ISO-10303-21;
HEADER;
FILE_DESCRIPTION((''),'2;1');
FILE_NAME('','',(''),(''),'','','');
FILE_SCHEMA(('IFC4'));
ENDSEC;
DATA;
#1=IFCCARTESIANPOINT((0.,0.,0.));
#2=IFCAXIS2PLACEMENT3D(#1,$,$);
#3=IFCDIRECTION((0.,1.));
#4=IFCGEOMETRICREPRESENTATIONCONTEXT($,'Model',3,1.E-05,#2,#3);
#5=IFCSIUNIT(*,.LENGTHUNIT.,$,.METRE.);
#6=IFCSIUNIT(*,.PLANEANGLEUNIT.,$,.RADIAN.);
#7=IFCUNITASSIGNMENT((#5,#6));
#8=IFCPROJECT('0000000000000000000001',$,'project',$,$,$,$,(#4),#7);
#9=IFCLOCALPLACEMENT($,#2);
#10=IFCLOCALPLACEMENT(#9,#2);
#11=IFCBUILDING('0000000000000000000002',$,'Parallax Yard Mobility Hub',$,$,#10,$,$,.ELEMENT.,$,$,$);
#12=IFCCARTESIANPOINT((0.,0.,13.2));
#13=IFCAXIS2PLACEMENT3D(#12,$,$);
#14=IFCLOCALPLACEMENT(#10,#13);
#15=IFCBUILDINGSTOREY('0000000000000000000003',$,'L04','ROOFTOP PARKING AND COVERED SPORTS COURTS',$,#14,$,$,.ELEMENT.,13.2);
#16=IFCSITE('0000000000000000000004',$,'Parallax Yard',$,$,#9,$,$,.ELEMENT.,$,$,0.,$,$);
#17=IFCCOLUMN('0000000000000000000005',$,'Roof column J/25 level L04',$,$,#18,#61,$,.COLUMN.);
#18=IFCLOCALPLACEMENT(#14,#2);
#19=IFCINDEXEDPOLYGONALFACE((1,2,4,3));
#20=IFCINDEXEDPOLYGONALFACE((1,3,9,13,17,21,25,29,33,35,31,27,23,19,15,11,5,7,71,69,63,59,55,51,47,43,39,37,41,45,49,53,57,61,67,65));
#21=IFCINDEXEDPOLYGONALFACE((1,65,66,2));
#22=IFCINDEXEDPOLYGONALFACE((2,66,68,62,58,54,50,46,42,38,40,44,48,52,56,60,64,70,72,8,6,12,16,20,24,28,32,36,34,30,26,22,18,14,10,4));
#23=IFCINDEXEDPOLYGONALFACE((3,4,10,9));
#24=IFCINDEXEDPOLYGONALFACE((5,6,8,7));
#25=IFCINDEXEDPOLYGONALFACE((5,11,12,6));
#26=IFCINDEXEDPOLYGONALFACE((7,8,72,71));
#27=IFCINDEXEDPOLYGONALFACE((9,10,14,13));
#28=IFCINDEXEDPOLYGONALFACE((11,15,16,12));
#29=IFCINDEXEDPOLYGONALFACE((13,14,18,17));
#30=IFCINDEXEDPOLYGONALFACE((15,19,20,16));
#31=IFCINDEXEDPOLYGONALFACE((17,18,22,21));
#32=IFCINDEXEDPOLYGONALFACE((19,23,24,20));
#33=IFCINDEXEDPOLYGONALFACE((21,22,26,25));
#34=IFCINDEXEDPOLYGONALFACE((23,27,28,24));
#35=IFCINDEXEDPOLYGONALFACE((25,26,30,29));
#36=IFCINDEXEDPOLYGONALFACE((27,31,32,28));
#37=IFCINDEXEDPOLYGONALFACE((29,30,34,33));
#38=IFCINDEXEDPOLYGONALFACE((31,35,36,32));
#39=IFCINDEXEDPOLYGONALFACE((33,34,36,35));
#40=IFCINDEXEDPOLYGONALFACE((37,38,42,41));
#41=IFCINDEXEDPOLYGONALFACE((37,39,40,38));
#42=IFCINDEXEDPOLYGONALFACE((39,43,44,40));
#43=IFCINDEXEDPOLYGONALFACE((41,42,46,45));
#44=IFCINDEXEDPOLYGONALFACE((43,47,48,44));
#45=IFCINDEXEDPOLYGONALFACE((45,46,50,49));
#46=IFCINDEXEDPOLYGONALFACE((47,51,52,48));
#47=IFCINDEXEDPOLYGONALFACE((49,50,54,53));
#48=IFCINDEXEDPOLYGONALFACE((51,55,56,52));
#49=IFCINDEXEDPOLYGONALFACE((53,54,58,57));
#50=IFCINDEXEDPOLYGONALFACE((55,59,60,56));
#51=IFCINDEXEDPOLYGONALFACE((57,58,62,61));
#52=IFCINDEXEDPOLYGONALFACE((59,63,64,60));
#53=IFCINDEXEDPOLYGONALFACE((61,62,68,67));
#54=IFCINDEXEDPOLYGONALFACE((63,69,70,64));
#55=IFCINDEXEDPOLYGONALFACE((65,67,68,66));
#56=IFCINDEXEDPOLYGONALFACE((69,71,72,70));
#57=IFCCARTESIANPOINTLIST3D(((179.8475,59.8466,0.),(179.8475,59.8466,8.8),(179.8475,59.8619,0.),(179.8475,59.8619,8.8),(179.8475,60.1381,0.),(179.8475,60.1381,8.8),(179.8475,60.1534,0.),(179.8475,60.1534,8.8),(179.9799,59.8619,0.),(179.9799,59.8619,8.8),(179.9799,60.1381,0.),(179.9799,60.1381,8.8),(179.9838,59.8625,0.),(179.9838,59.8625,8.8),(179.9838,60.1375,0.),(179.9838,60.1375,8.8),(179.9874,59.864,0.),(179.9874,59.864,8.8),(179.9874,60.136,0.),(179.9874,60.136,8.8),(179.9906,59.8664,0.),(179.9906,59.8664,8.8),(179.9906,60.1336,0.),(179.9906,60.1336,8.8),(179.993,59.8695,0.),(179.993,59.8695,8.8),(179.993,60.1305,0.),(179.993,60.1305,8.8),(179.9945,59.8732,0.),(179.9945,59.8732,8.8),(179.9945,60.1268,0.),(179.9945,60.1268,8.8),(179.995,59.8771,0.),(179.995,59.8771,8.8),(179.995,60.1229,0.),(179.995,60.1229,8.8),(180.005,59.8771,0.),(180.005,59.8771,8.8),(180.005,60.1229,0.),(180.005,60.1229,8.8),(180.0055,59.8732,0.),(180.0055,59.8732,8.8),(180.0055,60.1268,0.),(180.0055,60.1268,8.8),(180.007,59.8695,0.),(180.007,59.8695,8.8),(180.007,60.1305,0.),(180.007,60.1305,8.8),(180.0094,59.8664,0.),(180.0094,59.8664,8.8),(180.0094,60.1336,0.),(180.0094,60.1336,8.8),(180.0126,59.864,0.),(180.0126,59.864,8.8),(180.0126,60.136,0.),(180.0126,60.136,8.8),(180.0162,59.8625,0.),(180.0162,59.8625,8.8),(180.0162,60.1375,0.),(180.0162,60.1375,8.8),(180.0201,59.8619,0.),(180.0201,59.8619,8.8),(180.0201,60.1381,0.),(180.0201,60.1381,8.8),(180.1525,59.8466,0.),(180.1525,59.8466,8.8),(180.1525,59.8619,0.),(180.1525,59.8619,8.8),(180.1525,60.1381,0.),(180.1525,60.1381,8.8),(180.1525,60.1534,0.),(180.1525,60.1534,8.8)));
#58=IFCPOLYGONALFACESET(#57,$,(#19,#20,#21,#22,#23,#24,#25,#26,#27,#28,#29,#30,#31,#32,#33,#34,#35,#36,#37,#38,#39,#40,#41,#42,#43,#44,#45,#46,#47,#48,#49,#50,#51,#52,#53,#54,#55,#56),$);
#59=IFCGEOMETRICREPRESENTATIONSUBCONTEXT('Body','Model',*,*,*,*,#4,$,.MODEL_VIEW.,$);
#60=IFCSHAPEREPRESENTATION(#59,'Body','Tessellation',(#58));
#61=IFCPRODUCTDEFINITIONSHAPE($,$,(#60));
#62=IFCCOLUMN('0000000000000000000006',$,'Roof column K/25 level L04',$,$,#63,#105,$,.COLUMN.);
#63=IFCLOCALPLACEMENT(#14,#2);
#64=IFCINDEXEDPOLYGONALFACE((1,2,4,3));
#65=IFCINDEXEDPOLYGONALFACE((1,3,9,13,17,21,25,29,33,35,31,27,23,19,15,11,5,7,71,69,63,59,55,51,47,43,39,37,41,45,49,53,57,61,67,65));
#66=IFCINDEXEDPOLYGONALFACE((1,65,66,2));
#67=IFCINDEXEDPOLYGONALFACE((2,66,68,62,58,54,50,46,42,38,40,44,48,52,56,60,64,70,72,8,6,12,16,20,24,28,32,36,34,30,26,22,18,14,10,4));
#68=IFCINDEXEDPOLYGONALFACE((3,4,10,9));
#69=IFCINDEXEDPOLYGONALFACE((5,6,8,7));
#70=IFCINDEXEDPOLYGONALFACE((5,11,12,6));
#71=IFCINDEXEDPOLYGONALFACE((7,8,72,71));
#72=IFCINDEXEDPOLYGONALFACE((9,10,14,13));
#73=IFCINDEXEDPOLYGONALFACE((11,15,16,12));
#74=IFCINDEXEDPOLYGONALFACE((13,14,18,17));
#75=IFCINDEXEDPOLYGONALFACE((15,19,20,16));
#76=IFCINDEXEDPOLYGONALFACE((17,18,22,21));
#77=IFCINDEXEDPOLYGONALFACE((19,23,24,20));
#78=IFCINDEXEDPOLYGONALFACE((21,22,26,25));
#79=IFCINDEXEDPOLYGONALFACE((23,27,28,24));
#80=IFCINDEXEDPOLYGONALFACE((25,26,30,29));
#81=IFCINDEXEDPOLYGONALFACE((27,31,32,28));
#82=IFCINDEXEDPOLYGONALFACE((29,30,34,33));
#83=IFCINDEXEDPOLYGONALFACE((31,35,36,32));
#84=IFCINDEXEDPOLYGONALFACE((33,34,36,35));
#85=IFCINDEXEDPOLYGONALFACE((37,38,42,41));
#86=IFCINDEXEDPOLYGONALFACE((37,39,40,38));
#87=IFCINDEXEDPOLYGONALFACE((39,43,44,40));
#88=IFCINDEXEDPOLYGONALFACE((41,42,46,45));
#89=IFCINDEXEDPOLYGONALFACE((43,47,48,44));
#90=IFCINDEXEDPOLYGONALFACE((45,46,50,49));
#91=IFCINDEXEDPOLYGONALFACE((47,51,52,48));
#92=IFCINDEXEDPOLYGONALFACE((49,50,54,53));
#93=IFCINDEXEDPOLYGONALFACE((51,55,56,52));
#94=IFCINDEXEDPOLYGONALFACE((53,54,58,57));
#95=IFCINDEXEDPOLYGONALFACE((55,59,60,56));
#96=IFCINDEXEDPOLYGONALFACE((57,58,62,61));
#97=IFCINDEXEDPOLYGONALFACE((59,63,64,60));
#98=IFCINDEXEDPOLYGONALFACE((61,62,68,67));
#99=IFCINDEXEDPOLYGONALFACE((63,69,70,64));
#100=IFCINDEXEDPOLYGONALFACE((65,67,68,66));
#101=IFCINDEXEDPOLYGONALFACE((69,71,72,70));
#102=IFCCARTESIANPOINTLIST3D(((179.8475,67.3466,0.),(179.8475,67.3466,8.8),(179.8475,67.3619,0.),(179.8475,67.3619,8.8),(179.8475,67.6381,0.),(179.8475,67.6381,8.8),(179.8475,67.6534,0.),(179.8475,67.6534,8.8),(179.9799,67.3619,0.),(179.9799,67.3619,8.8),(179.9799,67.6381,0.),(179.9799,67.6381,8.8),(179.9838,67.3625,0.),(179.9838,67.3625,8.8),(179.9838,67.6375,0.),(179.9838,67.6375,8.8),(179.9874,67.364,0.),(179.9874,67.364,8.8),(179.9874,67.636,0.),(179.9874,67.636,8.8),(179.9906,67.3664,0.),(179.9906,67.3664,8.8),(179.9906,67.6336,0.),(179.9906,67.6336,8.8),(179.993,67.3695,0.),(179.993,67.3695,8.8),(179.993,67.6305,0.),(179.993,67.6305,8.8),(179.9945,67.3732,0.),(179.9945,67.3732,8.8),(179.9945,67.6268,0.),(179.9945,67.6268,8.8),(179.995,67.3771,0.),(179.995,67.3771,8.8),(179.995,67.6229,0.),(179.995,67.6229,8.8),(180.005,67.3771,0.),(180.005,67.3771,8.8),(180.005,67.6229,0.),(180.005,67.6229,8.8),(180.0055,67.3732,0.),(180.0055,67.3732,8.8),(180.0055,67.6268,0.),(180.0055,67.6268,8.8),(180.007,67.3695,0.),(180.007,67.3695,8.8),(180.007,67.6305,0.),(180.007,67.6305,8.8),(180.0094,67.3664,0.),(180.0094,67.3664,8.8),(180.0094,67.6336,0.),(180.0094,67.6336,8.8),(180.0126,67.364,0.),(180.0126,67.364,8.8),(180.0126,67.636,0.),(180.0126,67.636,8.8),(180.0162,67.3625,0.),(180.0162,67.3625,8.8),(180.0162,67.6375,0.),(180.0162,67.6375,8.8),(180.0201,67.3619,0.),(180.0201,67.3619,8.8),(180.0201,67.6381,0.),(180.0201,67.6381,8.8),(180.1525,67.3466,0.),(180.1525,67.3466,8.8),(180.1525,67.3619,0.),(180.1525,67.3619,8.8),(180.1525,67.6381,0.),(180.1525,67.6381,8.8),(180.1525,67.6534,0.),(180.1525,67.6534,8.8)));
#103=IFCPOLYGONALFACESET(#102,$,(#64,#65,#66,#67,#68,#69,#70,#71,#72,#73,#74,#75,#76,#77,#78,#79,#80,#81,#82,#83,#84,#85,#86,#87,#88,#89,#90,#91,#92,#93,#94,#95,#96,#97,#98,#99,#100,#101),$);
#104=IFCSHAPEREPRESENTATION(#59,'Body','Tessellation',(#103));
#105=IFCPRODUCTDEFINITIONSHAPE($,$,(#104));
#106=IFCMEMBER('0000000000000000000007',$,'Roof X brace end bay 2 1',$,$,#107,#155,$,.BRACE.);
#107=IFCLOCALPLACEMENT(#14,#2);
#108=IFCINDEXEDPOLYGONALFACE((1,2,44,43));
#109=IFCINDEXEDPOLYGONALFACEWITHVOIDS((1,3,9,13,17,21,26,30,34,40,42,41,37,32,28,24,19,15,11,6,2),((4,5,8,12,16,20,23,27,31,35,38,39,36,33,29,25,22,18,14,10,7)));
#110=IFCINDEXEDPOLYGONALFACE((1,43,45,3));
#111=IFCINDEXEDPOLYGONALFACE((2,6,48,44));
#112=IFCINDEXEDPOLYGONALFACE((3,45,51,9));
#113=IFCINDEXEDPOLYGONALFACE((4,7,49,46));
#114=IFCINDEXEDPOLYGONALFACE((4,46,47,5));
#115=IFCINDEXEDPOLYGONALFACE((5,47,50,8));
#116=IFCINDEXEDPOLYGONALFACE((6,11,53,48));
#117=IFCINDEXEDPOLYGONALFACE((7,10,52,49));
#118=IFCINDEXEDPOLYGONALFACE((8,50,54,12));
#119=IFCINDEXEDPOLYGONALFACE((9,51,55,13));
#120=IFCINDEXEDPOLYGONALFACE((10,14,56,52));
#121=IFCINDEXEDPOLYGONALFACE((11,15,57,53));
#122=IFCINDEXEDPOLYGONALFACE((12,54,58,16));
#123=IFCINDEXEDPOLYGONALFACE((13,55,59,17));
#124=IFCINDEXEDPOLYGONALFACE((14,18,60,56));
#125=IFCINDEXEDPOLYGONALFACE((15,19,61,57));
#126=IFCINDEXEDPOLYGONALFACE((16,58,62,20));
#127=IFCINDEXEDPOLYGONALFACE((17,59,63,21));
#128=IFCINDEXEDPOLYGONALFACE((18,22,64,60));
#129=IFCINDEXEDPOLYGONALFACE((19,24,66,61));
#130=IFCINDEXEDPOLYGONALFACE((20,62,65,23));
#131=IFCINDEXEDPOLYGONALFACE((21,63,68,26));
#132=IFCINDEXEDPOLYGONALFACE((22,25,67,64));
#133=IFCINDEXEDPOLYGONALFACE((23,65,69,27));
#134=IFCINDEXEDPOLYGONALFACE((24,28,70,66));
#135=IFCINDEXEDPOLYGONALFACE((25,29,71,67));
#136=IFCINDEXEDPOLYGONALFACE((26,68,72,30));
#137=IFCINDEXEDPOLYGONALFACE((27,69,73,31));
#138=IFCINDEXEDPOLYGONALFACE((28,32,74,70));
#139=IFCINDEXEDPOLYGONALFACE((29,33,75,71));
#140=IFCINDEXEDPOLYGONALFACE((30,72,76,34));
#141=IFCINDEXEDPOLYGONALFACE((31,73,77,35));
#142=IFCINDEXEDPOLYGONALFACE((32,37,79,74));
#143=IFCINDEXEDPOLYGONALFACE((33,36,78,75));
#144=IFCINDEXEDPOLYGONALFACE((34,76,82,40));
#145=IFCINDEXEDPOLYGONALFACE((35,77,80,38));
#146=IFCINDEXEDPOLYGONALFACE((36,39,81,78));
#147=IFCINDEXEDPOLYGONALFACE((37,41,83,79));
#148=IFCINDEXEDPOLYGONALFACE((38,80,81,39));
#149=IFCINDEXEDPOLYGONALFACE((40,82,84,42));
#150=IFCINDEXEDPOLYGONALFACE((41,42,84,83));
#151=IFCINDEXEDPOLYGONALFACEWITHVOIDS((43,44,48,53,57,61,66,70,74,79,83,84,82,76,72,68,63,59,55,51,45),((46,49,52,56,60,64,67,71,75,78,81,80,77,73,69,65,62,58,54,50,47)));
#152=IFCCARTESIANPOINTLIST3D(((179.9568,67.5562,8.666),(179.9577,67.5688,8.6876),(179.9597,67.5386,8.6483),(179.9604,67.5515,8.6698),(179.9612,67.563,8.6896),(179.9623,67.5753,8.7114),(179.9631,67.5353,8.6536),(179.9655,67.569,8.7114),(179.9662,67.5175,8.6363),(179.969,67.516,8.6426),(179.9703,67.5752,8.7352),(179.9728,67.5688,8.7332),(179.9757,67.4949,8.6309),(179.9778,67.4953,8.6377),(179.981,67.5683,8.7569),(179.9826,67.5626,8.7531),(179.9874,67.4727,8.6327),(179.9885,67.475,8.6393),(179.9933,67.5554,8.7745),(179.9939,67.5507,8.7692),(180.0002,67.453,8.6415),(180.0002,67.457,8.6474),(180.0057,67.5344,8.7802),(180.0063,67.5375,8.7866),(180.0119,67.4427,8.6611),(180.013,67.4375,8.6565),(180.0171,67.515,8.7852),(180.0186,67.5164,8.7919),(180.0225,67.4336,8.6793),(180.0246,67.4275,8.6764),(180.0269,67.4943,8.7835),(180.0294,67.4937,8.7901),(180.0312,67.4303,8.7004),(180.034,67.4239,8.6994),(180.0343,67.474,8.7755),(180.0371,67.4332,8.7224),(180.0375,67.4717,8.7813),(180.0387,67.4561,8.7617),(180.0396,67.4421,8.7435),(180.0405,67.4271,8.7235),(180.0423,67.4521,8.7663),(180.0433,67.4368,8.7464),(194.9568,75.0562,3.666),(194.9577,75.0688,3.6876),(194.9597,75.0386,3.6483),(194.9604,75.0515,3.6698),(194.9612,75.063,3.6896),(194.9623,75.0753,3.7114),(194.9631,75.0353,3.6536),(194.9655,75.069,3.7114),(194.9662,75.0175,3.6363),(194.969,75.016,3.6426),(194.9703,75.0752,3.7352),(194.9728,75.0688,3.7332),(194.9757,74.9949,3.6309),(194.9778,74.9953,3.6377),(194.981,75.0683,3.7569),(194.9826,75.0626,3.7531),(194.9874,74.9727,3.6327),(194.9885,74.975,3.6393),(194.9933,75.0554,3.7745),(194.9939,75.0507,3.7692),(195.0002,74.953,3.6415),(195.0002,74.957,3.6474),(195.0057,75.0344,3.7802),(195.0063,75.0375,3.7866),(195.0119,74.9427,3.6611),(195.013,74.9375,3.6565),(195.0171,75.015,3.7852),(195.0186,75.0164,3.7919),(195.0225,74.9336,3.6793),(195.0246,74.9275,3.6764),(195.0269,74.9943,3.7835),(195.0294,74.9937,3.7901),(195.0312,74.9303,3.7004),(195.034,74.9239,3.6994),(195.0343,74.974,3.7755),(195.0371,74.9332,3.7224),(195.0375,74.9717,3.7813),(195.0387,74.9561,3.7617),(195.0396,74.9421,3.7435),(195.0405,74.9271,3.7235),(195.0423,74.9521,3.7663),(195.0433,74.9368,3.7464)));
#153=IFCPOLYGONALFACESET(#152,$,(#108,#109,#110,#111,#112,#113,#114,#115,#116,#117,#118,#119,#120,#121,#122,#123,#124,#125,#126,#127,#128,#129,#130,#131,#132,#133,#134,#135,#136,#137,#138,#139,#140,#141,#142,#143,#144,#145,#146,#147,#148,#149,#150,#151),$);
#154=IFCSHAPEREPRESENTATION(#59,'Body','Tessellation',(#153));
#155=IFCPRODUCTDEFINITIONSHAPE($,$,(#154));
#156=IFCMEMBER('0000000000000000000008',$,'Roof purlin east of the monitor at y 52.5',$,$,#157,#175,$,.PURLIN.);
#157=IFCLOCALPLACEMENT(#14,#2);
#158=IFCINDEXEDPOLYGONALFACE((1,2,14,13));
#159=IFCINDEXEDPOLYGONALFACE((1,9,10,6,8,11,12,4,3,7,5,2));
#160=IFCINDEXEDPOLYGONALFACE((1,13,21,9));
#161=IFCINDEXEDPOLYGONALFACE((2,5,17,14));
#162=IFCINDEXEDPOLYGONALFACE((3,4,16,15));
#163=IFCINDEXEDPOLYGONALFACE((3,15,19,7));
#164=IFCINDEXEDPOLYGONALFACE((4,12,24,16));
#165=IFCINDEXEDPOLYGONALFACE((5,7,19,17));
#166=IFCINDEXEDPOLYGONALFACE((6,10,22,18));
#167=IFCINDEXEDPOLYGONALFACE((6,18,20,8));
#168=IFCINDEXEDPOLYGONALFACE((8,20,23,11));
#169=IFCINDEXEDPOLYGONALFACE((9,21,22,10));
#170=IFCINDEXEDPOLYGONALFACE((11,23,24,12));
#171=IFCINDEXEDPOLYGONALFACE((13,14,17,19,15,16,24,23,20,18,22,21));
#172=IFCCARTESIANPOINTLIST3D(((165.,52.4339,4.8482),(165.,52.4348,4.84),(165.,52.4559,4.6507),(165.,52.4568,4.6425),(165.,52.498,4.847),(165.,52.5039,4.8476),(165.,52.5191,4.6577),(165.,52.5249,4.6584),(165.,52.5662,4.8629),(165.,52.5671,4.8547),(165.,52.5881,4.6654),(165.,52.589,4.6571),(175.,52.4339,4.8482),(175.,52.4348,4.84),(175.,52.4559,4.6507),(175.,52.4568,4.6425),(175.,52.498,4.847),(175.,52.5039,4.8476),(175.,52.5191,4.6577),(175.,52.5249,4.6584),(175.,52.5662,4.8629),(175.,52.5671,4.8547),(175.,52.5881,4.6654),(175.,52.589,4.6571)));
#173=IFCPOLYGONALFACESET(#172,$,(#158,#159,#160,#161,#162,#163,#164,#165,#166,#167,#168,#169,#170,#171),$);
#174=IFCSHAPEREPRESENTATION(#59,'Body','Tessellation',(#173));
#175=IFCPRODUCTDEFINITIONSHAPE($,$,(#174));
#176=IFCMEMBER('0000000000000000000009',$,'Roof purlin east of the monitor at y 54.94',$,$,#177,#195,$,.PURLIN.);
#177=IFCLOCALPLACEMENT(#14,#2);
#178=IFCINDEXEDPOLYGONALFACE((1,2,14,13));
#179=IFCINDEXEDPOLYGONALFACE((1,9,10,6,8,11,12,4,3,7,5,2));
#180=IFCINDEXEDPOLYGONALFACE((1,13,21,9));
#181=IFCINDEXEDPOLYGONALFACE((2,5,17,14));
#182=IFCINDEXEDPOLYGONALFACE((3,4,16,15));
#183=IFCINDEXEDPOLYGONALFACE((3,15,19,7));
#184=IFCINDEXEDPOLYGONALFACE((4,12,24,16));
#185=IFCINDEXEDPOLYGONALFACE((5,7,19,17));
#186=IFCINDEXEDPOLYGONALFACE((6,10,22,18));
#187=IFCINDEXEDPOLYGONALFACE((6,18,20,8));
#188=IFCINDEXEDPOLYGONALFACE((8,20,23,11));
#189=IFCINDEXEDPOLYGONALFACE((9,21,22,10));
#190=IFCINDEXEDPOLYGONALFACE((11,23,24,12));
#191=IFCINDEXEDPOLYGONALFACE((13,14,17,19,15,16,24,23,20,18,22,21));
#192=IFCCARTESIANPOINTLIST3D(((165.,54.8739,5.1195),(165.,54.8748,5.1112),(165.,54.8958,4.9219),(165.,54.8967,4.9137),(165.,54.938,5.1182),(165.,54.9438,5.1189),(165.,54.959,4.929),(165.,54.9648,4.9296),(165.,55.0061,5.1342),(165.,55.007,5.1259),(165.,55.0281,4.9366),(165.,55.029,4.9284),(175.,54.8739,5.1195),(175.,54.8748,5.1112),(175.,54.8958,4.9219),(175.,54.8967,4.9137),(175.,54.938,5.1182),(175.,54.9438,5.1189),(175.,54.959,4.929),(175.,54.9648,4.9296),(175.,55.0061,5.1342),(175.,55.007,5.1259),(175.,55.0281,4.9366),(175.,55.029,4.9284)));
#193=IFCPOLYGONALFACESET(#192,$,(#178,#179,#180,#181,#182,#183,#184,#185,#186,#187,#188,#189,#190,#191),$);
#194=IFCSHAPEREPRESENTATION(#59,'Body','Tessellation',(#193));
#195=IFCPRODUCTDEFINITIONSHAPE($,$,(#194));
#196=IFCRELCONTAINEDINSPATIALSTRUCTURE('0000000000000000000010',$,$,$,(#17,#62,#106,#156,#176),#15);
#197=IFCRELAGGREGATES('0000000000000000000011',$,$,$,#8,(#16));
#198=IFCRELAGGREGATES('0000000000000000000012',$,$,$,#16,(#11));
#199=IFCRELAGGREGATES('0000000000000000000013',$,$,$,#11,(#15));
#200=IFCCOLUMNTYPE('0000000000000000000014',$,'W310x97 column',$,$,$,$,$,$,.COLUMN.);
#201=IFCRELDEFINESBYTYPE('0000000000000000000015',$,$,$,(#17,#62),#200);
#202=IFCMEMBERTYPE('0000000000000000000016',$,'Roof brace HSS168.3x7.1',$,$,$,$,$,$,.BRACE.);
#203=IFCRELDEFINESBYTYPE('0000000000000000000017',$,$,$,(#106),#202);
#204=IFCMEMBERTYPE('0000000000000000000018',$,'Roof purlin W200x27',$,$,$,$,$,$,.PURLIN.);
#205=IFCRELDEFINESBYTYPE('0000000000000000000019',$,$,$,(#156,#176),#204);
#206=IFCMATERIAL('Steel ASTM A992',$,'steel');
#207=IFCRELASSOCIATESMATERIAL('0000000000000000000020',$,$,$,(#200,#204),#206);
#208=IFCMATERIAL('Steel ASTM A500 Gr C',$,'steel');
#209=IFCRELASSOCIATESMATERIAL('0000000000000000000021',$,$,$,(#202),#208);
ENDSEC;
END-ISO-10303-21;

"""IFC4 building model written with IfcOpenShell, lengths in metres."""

from ifc_helpers import new_model, si_unit, direction, frame, origin, origin_2d, place, context, subcontext, project, spatial, hollow_circle, i_section, extrude, material, material_profile, profile_set, type_object, element, save


model = new_model("IFC4")

# Units and contexts
model_context = context("Model", 3, precision=1e-05, world=origin(), true_north=direction((0.0, 1.0)))
body_context = subcontext(model_context, "Body", "Model", "MODEL_VIEW")
ifc_project = project(units=[si_unit("LENGTHUNIT", "METRE"), si_unit("PLANEANGLEUNIT", "RADIAN")], contexts=[model_context])

# Site, building, storey
site_placement = place(None, origin())
site = spatial("IfcSite", under=ifc_project, at=site_placement, Name="Parallax Yard", CompositionType="ELEMENT", RefElevation=0.0)
building_placement = place(site_placement, origin())
building = spatial("IfcBuilding", under=site, at=building_placement, Name="Parallax Yard Mobility Hub", CompositionType="ELEMENT")
storey_placement = place(building_placement, frame((0.0, 0.0, 13.2)))
storey = spatial("IfcBuildingStorey", under=building, at=storey_placement, Name="L04", Description="ROOFTOP PARKING AND COVERED SPORTS COURTS", CompositionType="ELEMENT", Elevation=13.2)

# Columns
ifc_material_1 = material(Name="Steel ASTM A992", Category="steel")
ifc_material_profile_1 = material_profile(ifc_material_1, i_section(OverallWidth=0.3049, OverallDepth=0.3069, WebThickness=0.01, FlangeThickness=0.0154, FilletRadius=0.0151, at=origin_2d()), Name="W310x97")
ifc_profile_set_1 = profile_set([ifc_material_profile_1], Name="Steel ASTM A992")
column_type_1 = type_object("IfcColumnType", Name="W310x97 column", PredefinedType="COLUMN", material=ifc_profile_set_1)
for number, where, z_axis, x_axis, name in (
    (1, (180.0, 60.0, 0.0), (0.0, 0.0, 1.0), (1.0, 0.0, 0.0), "Roof column J/25 level L04"),
    (2, (180.0, 67.5, 0.0), (0.0, 0.0, 1.0), (1.0, 0.0, 0.0), "Roof column K/25 level L04"),
):
    element("IfcColumn", number, at=place(storey_placement, frame(where, z_axis=z_axis, x_axis=x_axis)), inside=storey, type_object=column_type_1, Name=name, PredefinedType="COLUMN", context=body_context, shape_type="SweptSolid", body=[
        extrude(i_section(OverallWidth=0.3049, OverallDepth=0.3069, WebThickness=0.01, FlangeThickness=0.0154, FilletRadius=0.0151, at=origin_2d()), origin(), (0.0, 0.0, 1.0), 8.8),
    ])

# Members
ifc_material_2 = material(Name="Steel ASTM A500 Gr C", Category="steel")
ifc_material_profile_2 = material_profile(ifc_material_2, hollow_circle(Radius=0.0842, WallThickness=0.0071, at=origin_2d()), Name="HSS168.3x7.1")
ifc_profile_set_2 = profile_set([ifc_material_profile_2], Name="Steel ASTM A500 Gr C")
member_type_1 = type_object("IfcMemberType", Name="Roof brace HSS168.3x7.1", PredefinedType="BRACE", material=ifc_profile_set_2)
member_placement = place(storey_placement, frame((180.0, 67.5, 8.7114), z_axis=(0.857143, 0.428571, -0.285714), x_axis=(-0.447214, 0.894427, 0.0)))
element("IfcMember", 3, at=member_placement, inside=storey, type_object=member_type_1, Name="Roof X brace end bay 2 1", PredefinedType="BRACE", context=body_context, shape_type="SweptSolid", body=[
    extrude(hollow_circle(Radius=0.0842, WallThickness=0.0071, at=origin_2d()), origin(), (0.0, 0.0, 1.0), 17.5),
])
ifc_material_profile_3 = material_profile(ifc_material_1, i_section(OverallWidth=0.1331, OverallDepth=0.207, WebThickness=0.0059, FlangeThickness=0.0083, at=origin_2d()), Name="W200x27")
ifc_profile_set_3 = profile_set([ifc_material_profile_3], Name="Steel ASTM A992")
member_type_2 = type_object("IfcMemberType", Name="Roof purlin W200x27", PredefinedType="PURLIN", material=ifc_profile_set_3)
for number, where, z_axis, x_axis, name in (
    (4, (165.0, 52.5115, 4.7527), (1.0, 0.0, 0.0), (0.0, 0.993884, 0.110432), "Roof purlin east of the monitor at y 52.5"),
    (5, (165.0, 54.9514, 5.0239), (1.0, 0.0, 0.0), (0.0, 0.993884, 0.110432), "Roof purlin east of the monitor at y 54.94"),
):
    element("IfcMember", number, at=place(storey_placement, frame(where, z_axis=z_axis, x_axis=x_axis)), inside=storey, type_object=member_type_2, Name=name, PredefinedType="PURLIN", context=body_context, shape_type="SweptSolid", body=[
        extrude(i_section(OverallWidth=0.1331, OverallDepth=0.207, WebThickness=0.0059, FlangeThickness=0.0083, at=origin_2d()), origin(), (0.0, 0.0, 1.0), 10.0),
    ])

save(model, "model.ifc")
